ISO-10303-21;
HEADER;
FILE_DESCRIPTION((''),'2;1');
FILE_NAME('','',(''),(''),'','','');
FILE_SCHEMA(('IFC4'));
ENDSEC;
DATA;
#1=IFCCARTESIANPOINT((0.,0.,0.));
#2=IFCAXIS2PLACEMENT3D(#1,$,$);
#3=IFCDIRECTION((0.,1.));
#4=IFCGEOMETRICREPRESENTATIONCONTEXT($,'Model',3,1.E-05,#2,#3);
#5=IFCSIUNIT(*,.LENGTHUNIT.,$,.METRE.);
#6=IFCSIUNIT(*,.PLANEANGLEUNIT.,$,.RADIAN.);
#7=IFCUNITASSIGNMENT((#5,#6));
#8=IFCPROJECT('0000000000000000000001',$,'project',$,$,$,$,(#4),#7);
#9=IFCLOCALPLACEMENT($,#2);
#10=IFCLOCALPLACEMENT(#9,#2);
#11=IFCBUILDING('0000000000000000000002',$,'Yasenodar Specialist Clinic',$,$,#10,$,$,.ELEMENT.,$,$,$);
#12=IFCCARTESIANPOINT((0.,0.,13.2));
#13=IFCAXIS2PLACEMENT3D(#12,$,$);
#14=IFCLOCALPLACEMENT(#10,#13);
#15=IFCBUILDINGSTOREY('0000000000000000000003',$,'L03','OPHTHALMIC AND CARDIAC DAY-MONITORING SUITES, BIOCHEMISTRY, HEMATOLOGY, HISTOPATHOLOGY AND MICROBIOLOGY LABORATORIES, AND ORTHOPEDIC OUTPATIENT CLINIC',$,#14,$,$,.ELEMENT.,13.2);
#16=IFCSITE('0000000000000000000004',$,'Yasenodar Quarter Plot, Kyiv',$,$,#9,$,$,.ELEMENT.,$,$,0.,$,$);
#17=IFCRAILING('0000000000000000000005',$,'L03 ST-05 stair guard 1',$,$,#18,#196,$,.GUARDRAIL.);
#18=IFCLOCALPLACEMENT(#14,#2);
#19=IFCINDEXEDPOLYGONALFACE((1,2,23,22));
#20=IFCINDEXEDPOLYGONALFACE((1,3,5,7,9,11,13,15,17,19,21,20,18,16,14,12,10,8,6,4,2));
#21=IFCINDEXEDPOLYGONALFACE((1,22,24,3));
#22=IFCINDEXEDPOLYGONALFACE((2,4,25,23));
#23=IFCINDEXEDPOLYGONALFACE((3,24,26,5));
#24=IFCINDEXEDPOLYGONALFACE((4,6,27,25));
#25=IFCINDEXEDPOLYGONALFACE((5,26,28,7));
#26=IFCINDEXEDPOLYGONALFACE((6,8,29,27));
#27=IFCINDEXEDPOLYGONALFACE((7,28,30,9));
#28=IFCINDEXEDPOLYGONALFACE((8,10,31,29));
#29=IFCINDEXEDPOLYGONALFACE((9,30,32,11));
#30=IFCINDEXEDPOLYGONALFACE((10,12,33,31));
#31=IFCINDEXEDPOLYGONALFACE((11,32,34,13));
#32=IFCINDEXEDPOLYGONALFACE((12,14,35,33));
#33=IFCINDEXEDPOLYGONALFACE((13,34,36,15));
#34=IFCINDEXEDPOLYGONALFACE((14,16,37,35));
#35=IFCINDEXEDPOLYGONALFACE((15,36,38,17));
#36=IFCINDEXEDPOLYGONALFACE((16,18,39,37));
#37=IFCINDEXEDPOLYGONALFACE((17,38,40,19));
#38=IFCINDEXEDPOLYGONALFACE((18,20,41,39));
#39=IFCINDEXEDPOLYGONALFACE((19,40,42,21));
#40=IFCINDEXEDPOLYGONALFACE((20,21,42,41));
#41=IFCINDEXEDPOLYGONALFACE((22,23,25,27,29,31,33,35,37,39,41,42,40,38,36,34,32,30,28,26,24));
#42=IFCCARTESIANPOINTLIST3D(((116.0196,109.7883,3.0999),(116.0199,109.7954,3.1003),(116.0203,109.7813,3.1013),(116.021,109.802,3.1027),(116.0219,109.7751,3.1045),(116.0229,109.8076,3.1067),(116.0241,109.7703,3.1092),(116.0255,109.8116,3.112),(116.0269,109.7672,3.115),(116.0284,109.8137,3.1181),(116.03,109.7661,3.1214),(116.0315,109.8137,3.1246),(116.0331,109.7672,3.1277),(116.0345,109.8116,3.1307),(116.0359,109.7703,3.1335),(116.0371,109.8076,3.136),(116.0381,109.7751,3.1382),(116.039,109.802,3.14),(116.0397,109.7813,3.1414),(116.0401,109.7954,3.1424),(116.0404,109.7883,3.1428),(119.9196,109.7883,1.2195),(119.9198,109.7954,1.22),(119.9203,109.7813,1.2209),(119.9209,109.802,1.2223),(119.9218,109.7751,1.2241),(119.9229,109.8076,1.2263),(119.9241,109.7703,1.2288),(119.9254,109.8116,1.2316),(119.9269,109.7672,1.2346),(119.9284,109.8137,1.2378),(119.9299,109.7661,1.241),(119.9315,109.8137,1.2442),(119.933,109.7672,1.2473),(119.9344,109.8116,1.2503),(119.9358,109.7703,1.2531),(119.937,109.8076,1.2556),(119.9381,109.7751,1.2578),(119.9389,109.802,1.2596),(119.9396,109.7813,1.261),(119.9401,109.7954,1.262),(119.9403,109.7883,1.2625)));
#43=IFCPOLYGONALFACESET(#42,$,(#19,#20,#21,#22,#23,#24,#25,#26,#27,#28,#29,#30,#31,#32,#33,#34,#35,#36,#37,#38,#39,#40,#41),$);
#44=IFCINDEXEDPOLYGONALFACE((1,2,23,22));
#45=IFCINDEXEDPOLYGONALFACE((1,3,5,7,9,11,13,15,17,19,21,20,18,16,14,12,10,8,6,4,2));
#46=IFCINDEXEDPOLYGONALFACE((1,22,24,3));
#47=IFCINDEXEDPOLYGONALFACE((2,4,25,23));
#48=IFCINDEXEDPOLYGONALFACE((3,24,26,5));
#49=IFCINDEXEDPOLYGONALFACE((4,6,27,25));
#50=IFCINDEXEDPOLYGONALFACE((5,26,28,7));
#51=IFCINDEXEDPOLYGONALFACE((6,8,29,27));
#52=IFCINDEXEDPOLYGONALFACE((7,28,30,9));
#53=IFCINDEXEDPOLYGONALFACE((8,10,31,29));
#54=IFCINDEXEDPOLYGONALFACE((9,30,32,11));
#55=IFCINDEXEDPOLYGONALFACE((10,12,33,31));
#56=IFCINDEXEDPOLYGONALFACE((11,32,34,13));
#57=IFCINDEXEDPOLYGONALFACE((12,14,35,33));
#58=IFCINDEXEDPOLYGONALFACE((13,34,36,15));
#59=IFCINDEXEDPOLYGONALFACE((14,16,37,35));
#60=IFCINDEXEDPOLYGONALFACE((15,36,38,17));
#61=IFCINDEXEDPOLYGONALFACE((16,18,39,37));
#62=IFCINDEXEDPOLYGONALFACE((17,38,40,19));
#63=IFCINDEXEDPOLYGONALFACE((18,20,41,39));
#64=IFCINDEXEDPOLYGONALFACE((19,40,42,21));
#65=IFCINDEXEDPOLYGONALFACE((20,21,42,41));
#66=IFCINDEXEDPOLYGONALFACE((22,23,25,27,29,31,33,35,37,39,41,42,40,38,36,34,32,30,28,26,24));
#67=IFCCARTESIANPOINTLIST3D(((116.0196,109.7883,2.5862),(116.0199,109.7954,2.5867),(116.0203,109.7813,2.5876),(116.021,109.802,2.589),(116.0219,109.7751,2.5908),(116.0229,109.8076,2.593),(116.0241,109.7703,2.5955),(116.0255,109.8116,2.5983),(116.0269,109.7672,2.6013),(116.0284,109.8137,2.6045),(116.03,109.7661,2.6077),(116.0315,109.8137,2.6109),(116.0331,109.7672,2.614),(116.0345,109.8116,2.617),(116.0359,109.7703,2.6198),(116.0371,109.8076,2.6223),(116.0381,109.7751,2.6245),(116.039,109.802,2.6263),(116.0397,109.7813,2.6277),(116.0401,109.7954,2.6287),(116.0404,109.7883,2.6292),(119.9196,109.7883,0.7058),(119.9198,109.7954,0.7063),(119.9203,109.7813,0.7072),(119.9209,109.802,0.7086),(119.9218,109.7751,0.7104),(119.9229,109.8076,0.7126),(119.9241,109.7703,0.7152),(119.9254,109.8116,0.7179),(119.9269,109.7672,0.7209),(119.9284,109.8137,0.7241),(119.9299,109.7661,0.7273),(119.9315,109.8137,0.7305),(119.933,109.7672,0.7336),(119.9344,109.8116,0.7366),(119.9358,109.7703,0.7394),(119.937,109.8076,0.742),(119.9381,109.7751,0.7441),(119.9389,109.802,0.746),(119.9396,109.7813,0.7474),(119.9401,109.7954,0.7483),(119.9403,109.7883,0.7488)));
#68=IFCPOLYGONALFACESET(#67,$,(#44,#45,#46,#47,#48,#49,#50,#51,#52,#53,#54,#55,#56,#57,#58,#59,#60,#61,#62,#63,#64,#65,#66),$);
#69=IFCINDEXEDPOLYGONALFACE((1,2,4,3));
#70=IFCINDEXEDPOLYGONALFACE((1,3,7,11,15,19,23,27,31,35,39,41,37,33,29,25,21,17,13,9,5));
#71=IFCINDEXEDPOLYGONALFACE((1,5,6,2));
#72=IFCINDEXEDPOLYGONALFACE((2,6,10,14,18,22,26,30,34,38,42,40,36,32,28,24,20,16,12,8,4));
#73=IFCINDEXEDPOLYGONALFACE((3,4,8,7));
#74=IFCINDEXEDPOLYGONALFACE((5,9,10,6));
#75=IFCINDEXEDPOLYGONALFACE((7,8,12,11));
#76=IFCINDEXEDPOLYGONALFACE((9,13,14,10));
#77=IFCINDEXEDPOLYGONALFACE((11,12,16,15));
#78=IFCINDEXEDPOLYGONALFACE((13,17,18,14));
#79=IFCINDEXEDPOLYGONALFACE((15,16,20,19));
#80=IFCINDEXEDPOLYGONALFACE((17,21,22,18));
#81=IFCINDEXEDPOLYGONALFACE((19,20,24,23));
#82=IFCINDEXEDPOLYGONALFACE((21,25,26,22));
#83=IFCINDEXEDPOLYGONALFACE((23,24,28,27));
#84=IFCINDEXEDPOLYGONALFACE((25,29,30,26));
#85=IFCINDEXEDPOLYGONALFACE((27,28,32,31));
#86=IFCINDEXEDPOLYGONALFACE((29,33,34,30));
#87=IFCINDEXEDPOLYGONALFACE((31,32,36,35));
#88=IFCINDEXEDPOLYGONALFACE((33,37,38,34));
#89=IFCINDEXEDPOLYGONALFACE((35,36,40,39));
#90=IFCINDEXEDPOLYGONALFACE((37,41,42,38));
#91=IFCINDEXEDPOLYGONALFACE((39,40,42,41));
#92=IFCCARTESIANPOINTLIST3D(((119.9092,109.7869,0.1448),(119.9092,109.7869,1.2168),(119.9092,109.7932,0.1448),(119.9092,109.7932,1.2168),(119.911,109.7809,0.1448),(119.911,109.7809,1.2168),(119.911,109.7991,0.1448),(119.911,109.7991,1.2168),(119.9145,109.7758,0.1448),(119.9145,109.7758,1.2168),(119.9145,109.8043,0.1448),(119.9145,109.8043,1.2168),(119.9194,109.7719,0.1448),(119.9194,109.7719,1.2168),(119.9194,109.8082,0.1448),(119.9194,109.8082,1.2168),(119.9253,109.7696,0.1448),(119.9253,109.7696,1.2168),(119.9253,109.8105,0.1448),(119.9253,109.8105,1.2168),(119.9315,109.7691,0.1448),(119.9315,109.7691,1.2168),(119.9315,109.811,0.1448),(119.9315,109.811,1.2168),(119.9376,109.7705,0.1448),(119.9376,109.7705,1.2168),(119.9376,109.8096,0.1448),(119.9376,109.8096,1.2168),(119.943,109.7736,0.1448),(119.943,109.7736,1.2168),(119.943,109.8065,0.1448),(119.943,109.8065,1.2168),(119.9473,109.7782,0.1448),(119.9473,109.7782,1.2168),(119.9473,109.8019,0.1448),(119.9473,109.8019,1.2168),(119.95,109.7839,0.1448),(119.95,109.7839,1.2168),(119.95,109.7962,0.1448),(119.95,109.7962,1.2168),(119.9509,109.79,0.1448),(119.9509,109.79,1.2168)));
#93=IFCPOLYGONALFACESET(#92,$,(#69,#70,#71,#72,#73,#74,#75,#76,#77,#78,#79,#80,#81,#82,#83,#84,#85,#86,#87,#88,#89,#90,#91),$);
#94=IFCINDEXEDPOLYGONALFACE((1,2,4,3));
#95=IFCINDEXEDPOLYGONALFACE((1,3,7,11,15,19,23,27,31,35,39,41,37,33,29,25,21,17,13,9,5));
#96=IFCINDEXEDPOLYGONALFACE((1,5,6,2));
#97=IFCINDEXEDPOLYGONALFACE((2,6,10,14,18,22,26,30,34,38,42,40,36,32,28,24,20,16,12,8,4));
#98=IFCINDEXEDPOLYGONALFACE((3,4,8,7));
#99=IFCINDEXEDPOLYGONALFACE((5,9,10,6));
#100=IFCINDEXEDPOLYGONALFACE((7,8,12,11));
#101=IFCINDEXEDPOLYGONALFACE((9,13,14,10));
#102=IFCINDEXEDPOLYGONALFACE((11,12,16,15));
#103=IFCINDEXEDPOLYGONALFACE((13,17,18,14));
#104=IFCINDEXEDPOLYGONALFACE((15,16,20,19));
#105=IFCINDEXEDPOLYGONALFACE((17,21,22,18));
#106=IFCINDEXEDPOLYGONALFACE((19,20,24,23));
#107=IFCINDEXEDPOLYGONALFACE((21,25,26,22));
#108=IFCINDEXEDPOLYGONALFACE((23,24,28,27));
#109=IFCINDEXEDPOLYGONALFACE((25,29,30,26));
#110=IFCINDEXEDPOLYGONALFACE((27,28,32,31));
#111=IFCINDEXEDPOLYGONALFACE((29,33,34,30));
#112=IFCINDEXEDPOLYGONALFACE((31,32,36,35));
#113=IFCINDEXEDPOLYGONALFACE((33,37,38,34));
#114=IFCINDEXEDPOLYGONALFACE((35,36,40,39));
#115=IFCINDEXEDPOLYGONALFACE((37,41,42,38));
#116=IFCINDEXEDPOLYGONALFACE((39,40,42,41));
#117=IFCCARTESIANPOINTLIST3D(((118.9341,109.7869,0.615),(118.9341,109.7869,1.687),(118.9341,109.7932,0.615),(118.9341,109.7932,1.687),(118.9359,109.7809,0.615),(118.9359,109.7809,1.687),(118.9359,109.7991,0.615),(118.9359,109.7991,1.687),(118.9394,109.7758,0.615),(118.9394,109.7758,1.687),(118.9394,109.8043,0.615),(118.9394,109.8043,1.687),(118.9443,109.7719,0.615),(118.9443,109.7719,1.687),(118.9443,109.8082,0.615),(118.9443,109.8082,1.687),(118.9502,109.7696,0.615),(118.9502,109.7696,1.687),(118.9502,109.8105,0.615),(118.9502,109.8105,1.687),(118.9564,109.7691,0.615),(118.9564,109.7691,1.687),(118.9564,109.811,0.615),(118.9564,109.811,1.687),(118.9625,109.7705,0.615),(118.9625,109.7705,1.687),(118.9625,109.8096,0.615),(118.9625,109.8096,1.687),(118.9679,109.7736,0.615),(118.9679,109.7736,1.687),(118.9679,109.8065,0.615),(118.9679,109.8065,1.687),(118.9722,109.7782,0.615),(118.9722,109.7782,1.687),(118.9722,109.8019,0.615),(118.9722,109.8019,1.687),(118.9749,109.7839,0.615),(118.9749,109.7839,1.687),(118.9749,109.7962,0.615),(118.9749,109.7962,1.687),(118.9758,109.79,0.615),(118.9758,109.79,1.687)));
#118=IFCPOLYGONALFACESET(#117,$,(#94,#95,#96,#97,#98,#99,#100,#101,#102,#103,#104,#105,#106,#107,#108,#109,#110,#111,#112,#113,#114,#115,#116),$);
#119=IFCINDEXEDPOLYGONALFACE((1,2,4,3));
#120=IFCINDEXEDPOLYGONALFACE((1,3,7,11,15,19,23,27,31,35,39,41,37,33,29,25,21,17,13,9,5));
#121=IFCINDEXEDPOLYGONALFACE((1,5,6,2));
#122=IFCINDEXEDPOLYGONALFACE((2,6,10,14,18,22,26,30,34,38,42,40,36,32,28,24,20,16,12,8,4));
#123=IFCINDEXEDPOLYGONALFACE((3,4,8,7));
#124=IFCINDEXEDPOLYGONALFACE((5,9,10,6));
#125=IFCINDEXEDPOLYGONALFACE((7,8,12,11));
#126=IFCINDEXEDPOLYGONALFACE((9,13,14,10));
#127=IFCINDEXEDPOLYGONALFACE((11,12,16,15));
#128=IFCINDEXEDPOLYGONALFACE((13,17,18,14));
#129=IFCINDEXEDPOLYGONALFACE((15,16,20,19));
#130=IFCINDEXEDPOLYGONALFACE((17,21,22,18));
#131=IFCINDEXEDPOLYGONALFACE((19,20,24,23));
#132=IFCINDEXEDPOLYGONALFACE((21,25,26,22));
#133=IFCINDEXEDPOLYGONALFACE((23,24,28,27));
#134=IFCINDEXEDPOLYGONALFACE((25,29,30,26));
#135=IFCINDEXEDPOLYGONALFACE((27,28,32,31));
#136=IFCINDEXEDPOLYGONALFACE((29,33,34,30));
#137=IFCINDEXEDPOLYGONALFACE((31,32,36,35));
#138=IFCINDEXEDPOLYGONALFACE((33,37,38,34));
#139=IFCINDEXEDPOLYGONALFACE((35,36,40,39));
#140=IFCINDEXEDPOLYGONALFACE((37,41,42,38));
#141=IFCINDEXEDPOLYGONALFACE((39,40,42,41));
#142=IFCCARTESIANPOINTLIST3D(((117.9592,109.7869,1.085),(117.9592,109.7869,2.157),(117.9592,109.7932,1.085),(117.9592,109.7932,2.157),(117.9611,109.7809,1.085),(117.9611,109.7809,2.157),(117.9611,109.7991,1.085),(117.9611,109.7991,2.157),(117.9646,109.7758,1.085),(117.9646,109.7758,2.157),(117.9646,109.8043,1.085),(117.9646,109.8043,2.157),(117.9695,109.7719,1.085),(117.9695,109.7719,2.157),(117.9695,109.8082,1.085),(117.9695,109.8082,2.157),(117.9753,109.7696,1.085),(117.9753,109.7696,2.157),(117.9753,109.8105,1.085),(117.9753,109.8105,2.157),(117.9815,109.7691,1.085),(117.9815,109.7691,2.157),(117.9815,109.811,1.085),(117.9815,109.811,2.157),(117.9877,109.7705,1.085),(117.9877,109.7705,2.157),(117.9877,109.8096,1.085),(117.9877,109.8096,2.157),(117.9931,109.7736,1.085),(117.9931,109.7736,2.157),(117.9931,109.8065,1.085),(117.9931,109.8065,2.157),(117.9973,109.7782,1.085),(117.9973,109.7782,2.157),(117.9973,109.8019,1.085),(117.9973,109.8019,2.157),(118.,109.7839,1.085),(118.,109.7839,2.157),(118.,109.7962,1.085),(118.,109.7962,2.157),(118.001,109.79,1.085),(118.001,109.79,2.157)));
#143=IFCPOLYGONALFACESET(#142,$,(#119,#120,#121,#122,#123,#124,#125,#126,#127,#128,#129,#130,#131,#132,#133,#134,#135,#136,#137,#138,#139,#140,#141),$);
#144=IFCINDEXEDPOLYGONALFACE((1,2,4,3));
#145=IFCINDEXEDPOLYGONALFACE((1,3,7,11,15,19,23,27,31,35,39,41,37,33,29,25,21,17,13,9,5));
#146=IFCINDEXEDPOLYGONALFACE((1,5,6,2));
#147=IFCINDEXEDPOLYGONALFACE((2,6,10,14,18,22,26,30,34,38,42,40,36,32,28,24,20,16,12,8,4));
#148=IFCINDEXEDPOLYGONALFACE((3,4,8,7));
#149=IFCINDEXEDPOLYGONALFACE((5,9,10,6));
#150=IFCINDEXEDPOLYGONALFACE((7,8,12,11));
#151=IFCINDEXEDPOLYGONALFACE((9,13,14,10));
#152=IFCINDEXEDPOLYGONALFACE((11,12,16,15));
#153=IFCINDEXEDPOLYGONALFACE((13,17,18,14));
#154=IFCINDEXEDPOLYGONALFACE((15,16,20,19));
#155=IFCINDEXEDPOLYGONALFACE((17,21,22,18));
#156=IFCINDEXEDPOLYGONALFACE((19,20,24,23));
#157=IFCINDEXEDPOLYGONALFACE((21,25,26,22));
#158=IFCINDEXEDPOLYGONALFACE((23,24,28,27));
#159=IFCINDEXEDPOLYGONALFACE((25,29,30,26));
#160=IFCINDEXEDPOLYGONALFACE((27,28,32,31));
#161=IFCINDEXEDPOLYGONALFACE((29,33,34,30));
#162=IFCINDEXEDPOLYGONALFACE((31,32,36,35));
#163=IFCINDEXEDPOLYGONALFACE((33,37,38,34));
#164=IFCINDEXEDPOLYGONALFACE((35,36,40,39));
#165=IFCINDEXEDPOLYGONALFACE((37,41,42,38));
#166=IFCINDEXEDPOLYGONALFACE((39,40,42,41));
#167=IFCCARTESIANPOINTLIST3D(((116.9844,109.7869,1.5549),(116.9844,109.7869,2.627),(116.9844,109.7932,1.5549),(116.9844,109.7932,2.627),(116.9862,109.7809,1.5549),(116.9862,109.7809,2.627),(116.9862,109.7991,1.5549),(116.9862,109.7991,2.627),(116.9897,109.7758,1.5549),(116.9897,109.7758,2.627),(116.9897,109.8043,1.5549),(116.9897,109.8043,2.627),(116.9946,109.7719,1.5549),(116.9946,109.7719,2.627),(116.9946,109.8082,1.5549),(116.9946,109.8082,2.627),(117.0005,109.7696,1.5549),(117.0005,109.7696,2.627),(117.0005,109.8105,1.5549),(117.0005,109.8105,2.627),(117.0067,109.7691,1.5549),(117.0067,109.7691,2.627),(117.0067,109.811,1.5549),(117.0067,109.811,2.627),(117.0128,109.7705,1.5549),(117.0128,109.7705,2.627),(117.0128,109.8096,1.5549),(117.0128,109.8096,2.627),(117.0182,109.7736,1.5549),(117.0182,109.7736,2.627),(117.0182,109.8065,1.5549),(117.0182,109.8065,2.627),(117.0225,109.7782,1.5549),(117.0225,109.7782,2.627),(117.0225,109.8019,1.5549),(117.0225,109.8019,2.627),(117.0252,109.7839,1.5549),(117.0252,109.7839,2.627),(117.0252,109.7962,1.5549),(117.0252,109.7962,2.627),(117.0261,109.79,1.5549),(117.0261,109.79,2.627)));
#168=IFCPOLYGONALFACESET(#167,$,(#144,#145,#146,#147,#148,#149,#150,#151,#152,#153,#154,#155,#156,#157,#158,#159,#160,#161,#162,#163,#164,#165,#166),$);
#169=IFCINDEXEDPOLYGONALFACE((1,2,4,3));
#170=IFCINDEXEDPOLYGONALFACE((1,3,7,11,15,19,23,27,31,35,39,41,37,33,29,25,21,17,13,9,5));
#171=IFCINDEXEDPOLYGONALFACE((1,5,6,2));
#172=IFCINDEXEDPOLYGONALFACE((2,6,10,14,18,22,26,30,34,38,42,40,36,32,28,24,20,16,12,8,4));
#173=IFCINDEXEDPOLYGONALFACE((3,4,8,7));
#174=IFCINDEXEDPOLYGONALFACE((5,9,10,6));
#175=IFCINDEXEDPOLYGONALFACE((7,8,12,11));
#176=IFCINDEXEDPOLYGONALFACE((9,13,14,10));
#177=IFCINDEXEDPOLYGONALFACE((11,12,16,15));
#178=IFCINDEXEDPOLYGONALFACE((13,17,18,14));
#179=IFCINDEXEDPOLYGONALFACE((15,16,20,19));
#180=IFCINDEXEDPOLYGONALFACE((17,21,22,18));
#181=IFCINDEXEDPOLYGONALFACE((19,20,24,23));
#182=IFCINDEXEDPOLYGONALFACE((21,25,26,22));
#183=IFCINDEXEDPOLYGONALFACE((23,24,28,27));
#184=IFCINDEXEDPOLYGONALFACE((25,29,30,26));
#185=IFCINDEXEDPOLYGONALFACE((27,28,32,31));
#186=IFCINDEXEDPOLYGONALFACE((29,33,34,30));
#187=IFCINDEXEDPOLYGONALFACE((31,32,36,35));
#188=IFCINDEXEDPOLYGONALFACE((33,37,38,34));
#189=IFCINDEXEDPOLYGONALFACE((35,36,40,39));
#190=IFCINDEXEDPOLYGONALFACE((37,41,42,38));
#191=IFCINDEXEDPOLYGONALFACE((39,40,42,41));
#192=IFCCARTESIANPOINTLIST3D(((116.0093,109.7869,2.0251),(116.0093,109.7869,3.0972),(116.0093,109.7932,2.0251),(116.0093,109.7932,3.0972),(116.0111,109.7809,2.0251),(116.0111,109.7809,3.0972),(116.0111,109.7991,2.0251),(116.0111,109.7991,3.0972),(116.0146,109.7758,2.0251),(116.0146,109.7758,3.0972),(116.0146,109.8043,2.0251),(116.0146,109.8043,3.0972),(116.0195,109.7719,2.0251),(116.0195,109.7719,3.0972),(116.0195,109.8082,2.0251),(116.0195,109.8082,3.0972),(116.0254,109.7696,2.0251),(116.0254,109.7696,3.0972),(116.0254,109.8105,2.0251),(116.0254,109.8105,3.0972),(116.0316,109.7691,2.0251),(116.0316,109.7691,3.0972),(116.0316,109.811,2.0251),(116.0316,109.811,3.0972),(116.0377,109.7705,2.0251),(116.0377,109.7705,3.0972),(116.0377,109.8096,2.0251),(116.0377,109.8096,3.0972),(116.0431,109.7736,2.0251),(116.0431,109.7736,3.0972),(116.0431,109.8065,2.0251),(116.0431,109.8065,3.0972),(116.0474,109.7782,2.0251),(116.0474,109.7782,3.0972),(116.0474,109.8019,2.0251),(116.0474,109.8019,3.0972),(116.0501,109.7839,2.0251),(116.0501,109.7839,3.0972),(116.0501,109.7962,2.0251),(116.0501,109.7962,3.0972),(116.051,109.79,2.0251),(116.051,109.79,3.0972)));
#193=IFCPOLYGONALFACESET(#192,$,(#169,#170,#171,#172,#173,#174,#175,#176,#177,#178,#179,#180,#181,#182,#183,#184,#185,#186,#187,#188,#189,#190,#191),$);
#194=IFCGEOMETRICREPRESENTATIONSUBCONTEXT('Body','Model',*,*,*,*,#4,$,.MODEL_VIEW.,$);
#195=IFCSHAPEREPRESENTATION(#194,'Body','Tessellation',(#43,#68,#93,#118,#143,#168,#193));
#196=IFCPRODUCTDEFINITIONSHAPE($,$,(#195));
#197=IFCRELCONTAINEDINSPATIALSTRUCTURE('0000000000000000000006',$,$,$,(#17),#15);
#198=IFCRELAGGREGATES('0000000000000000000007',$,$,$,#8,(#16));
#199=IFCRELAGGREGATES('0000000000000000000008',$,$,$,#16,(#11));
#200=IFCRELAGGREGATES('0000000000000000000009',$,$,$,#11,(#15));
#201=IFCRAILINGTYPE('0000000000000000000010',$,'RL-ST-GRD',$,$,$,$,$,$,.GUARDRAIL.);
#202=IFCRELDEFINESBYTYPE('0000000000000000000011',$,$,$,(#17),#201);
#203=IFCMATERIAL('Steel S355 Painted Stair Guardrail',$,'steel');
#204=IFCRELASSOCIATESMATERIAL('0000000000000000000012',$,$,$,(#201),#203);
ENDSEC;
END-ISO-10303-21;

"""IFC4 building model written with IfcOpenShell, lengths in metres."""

from ifc_helpers import new_model, si_unit, direction, frame, origin, origin_2d, place, context, subcontext, project, spatial, circle, extrude, material, type_object, element, save


model = new_model("IFC4")

# Units and contexts
model_context = context("Model", 3, precision=1e-05, world=origin(), true_north=direction((0.0, 1.0)))
body_context = subcontext(model_context, "Body", "Model", "MODEL_VIEW")
ifc_project = project(units=[si_unit("LENGTHUNIT", "METRE"), si_unit("PLANEANGLEUNIT", "RADIAN")], contexts=[model_context])

# Site, building, storey
site_placement = place(None, origin())
site = spatial("IfcSite", under=ifc_project, at=site_placement, Name="Yasenodar Quarter Plot, Kyiv", CompositionType="ELEMENT", RefElevation=0.0)
building_placement = place(site_placement, origin())
building = spatial("IfcBuilding", under=site, at=building_placement, Name="Yasenodar Specialist Clinic", CompositionType="ELEMENT")
storey_placement = place(building_placement, frame((0.0, 0.0, 13.2)))
storey = spatial("IfcBuildingStorey", under=building, at=storey_placement, Name="L03", Description="OPHTHALMIC AND CARDIAC DAY-MONITORING SUITES, BIOCHEMISTRY, HEMATOLOGY, HISTOPATHOLOGY AND MICROBIOLOGY LABORATORIES, AND ORTHOPEDIC OUTPATIENT CLINIC", CompositionType="ELEMENT", Elevation=13.2)

# Railing
ifc_material_1 = material(Name="Steel S355 Painted Stair Guardrail", Category="steel")
railing_type_1 = type_object("IfcRailingType", Name="RL-ST-GRD", PredefinedType="GUARDRAIL", material=ifc_material_1)
railing_1_placement = place(storey_placement, frame((119.9299, 109.79, 0.1448)))
element("IfcRailing", 1, at=railing_1_placement, inside=storey, type_object=railing_type_1, Name="L03 ST-05 stair guard 1", PredefinedType="GUARDRAIL", context=body_context, shape_type="SweptSolid", body=[
    extrude(circle(Radius=0.0239, at=origin_2d()), frame((0.0, 0.0, 1.0962), z_axis=(-0.900763, 0.0, 0.434311), x_axis=(0.0, -1.0, 0.0)), (0.0, 0.0, 1.0), 4.3296),
    extrude(circle(Radius=0.0239, at=origin_2d()), frame((0.0, 0.0, 0.5825), z_axis=(-0.900763, 0.0, 0.434311), x_axis=(0.0, -1.0, 0.0)), (0.0, 0.0, 1.0), 4.3296),
    extrude(circle(Radius=0.021, at=origin_2d()), origin(), (0.0, 0.0, 1.0), 1.072),
    extrude(circle(Radius=0.021, at=origin_2d()), frame((-0.9751, 0.0, 0.4702)), (0.0, 0.0, 1.0), 1.072),
    extrude(circle(Radius=0.021, at=origin_2d()), frame((-1.95, 0.0, 0.9402)), (0.0, 0.0, 1.0), 1.072),
    extrude(circle(Radius=0.021, at=origin_2d()), frame((-2.9248, 0.0, 1.4102)), (0.0, 0.0, 1.0), 1.072),
    extrude(circle(Radius=0.021, at=origin_2d()), frame((-3.8999, 0.0, 1.8804)), (0.0, 0.0, 1.0), 1.072),
])

save(model, "model.ifc")
